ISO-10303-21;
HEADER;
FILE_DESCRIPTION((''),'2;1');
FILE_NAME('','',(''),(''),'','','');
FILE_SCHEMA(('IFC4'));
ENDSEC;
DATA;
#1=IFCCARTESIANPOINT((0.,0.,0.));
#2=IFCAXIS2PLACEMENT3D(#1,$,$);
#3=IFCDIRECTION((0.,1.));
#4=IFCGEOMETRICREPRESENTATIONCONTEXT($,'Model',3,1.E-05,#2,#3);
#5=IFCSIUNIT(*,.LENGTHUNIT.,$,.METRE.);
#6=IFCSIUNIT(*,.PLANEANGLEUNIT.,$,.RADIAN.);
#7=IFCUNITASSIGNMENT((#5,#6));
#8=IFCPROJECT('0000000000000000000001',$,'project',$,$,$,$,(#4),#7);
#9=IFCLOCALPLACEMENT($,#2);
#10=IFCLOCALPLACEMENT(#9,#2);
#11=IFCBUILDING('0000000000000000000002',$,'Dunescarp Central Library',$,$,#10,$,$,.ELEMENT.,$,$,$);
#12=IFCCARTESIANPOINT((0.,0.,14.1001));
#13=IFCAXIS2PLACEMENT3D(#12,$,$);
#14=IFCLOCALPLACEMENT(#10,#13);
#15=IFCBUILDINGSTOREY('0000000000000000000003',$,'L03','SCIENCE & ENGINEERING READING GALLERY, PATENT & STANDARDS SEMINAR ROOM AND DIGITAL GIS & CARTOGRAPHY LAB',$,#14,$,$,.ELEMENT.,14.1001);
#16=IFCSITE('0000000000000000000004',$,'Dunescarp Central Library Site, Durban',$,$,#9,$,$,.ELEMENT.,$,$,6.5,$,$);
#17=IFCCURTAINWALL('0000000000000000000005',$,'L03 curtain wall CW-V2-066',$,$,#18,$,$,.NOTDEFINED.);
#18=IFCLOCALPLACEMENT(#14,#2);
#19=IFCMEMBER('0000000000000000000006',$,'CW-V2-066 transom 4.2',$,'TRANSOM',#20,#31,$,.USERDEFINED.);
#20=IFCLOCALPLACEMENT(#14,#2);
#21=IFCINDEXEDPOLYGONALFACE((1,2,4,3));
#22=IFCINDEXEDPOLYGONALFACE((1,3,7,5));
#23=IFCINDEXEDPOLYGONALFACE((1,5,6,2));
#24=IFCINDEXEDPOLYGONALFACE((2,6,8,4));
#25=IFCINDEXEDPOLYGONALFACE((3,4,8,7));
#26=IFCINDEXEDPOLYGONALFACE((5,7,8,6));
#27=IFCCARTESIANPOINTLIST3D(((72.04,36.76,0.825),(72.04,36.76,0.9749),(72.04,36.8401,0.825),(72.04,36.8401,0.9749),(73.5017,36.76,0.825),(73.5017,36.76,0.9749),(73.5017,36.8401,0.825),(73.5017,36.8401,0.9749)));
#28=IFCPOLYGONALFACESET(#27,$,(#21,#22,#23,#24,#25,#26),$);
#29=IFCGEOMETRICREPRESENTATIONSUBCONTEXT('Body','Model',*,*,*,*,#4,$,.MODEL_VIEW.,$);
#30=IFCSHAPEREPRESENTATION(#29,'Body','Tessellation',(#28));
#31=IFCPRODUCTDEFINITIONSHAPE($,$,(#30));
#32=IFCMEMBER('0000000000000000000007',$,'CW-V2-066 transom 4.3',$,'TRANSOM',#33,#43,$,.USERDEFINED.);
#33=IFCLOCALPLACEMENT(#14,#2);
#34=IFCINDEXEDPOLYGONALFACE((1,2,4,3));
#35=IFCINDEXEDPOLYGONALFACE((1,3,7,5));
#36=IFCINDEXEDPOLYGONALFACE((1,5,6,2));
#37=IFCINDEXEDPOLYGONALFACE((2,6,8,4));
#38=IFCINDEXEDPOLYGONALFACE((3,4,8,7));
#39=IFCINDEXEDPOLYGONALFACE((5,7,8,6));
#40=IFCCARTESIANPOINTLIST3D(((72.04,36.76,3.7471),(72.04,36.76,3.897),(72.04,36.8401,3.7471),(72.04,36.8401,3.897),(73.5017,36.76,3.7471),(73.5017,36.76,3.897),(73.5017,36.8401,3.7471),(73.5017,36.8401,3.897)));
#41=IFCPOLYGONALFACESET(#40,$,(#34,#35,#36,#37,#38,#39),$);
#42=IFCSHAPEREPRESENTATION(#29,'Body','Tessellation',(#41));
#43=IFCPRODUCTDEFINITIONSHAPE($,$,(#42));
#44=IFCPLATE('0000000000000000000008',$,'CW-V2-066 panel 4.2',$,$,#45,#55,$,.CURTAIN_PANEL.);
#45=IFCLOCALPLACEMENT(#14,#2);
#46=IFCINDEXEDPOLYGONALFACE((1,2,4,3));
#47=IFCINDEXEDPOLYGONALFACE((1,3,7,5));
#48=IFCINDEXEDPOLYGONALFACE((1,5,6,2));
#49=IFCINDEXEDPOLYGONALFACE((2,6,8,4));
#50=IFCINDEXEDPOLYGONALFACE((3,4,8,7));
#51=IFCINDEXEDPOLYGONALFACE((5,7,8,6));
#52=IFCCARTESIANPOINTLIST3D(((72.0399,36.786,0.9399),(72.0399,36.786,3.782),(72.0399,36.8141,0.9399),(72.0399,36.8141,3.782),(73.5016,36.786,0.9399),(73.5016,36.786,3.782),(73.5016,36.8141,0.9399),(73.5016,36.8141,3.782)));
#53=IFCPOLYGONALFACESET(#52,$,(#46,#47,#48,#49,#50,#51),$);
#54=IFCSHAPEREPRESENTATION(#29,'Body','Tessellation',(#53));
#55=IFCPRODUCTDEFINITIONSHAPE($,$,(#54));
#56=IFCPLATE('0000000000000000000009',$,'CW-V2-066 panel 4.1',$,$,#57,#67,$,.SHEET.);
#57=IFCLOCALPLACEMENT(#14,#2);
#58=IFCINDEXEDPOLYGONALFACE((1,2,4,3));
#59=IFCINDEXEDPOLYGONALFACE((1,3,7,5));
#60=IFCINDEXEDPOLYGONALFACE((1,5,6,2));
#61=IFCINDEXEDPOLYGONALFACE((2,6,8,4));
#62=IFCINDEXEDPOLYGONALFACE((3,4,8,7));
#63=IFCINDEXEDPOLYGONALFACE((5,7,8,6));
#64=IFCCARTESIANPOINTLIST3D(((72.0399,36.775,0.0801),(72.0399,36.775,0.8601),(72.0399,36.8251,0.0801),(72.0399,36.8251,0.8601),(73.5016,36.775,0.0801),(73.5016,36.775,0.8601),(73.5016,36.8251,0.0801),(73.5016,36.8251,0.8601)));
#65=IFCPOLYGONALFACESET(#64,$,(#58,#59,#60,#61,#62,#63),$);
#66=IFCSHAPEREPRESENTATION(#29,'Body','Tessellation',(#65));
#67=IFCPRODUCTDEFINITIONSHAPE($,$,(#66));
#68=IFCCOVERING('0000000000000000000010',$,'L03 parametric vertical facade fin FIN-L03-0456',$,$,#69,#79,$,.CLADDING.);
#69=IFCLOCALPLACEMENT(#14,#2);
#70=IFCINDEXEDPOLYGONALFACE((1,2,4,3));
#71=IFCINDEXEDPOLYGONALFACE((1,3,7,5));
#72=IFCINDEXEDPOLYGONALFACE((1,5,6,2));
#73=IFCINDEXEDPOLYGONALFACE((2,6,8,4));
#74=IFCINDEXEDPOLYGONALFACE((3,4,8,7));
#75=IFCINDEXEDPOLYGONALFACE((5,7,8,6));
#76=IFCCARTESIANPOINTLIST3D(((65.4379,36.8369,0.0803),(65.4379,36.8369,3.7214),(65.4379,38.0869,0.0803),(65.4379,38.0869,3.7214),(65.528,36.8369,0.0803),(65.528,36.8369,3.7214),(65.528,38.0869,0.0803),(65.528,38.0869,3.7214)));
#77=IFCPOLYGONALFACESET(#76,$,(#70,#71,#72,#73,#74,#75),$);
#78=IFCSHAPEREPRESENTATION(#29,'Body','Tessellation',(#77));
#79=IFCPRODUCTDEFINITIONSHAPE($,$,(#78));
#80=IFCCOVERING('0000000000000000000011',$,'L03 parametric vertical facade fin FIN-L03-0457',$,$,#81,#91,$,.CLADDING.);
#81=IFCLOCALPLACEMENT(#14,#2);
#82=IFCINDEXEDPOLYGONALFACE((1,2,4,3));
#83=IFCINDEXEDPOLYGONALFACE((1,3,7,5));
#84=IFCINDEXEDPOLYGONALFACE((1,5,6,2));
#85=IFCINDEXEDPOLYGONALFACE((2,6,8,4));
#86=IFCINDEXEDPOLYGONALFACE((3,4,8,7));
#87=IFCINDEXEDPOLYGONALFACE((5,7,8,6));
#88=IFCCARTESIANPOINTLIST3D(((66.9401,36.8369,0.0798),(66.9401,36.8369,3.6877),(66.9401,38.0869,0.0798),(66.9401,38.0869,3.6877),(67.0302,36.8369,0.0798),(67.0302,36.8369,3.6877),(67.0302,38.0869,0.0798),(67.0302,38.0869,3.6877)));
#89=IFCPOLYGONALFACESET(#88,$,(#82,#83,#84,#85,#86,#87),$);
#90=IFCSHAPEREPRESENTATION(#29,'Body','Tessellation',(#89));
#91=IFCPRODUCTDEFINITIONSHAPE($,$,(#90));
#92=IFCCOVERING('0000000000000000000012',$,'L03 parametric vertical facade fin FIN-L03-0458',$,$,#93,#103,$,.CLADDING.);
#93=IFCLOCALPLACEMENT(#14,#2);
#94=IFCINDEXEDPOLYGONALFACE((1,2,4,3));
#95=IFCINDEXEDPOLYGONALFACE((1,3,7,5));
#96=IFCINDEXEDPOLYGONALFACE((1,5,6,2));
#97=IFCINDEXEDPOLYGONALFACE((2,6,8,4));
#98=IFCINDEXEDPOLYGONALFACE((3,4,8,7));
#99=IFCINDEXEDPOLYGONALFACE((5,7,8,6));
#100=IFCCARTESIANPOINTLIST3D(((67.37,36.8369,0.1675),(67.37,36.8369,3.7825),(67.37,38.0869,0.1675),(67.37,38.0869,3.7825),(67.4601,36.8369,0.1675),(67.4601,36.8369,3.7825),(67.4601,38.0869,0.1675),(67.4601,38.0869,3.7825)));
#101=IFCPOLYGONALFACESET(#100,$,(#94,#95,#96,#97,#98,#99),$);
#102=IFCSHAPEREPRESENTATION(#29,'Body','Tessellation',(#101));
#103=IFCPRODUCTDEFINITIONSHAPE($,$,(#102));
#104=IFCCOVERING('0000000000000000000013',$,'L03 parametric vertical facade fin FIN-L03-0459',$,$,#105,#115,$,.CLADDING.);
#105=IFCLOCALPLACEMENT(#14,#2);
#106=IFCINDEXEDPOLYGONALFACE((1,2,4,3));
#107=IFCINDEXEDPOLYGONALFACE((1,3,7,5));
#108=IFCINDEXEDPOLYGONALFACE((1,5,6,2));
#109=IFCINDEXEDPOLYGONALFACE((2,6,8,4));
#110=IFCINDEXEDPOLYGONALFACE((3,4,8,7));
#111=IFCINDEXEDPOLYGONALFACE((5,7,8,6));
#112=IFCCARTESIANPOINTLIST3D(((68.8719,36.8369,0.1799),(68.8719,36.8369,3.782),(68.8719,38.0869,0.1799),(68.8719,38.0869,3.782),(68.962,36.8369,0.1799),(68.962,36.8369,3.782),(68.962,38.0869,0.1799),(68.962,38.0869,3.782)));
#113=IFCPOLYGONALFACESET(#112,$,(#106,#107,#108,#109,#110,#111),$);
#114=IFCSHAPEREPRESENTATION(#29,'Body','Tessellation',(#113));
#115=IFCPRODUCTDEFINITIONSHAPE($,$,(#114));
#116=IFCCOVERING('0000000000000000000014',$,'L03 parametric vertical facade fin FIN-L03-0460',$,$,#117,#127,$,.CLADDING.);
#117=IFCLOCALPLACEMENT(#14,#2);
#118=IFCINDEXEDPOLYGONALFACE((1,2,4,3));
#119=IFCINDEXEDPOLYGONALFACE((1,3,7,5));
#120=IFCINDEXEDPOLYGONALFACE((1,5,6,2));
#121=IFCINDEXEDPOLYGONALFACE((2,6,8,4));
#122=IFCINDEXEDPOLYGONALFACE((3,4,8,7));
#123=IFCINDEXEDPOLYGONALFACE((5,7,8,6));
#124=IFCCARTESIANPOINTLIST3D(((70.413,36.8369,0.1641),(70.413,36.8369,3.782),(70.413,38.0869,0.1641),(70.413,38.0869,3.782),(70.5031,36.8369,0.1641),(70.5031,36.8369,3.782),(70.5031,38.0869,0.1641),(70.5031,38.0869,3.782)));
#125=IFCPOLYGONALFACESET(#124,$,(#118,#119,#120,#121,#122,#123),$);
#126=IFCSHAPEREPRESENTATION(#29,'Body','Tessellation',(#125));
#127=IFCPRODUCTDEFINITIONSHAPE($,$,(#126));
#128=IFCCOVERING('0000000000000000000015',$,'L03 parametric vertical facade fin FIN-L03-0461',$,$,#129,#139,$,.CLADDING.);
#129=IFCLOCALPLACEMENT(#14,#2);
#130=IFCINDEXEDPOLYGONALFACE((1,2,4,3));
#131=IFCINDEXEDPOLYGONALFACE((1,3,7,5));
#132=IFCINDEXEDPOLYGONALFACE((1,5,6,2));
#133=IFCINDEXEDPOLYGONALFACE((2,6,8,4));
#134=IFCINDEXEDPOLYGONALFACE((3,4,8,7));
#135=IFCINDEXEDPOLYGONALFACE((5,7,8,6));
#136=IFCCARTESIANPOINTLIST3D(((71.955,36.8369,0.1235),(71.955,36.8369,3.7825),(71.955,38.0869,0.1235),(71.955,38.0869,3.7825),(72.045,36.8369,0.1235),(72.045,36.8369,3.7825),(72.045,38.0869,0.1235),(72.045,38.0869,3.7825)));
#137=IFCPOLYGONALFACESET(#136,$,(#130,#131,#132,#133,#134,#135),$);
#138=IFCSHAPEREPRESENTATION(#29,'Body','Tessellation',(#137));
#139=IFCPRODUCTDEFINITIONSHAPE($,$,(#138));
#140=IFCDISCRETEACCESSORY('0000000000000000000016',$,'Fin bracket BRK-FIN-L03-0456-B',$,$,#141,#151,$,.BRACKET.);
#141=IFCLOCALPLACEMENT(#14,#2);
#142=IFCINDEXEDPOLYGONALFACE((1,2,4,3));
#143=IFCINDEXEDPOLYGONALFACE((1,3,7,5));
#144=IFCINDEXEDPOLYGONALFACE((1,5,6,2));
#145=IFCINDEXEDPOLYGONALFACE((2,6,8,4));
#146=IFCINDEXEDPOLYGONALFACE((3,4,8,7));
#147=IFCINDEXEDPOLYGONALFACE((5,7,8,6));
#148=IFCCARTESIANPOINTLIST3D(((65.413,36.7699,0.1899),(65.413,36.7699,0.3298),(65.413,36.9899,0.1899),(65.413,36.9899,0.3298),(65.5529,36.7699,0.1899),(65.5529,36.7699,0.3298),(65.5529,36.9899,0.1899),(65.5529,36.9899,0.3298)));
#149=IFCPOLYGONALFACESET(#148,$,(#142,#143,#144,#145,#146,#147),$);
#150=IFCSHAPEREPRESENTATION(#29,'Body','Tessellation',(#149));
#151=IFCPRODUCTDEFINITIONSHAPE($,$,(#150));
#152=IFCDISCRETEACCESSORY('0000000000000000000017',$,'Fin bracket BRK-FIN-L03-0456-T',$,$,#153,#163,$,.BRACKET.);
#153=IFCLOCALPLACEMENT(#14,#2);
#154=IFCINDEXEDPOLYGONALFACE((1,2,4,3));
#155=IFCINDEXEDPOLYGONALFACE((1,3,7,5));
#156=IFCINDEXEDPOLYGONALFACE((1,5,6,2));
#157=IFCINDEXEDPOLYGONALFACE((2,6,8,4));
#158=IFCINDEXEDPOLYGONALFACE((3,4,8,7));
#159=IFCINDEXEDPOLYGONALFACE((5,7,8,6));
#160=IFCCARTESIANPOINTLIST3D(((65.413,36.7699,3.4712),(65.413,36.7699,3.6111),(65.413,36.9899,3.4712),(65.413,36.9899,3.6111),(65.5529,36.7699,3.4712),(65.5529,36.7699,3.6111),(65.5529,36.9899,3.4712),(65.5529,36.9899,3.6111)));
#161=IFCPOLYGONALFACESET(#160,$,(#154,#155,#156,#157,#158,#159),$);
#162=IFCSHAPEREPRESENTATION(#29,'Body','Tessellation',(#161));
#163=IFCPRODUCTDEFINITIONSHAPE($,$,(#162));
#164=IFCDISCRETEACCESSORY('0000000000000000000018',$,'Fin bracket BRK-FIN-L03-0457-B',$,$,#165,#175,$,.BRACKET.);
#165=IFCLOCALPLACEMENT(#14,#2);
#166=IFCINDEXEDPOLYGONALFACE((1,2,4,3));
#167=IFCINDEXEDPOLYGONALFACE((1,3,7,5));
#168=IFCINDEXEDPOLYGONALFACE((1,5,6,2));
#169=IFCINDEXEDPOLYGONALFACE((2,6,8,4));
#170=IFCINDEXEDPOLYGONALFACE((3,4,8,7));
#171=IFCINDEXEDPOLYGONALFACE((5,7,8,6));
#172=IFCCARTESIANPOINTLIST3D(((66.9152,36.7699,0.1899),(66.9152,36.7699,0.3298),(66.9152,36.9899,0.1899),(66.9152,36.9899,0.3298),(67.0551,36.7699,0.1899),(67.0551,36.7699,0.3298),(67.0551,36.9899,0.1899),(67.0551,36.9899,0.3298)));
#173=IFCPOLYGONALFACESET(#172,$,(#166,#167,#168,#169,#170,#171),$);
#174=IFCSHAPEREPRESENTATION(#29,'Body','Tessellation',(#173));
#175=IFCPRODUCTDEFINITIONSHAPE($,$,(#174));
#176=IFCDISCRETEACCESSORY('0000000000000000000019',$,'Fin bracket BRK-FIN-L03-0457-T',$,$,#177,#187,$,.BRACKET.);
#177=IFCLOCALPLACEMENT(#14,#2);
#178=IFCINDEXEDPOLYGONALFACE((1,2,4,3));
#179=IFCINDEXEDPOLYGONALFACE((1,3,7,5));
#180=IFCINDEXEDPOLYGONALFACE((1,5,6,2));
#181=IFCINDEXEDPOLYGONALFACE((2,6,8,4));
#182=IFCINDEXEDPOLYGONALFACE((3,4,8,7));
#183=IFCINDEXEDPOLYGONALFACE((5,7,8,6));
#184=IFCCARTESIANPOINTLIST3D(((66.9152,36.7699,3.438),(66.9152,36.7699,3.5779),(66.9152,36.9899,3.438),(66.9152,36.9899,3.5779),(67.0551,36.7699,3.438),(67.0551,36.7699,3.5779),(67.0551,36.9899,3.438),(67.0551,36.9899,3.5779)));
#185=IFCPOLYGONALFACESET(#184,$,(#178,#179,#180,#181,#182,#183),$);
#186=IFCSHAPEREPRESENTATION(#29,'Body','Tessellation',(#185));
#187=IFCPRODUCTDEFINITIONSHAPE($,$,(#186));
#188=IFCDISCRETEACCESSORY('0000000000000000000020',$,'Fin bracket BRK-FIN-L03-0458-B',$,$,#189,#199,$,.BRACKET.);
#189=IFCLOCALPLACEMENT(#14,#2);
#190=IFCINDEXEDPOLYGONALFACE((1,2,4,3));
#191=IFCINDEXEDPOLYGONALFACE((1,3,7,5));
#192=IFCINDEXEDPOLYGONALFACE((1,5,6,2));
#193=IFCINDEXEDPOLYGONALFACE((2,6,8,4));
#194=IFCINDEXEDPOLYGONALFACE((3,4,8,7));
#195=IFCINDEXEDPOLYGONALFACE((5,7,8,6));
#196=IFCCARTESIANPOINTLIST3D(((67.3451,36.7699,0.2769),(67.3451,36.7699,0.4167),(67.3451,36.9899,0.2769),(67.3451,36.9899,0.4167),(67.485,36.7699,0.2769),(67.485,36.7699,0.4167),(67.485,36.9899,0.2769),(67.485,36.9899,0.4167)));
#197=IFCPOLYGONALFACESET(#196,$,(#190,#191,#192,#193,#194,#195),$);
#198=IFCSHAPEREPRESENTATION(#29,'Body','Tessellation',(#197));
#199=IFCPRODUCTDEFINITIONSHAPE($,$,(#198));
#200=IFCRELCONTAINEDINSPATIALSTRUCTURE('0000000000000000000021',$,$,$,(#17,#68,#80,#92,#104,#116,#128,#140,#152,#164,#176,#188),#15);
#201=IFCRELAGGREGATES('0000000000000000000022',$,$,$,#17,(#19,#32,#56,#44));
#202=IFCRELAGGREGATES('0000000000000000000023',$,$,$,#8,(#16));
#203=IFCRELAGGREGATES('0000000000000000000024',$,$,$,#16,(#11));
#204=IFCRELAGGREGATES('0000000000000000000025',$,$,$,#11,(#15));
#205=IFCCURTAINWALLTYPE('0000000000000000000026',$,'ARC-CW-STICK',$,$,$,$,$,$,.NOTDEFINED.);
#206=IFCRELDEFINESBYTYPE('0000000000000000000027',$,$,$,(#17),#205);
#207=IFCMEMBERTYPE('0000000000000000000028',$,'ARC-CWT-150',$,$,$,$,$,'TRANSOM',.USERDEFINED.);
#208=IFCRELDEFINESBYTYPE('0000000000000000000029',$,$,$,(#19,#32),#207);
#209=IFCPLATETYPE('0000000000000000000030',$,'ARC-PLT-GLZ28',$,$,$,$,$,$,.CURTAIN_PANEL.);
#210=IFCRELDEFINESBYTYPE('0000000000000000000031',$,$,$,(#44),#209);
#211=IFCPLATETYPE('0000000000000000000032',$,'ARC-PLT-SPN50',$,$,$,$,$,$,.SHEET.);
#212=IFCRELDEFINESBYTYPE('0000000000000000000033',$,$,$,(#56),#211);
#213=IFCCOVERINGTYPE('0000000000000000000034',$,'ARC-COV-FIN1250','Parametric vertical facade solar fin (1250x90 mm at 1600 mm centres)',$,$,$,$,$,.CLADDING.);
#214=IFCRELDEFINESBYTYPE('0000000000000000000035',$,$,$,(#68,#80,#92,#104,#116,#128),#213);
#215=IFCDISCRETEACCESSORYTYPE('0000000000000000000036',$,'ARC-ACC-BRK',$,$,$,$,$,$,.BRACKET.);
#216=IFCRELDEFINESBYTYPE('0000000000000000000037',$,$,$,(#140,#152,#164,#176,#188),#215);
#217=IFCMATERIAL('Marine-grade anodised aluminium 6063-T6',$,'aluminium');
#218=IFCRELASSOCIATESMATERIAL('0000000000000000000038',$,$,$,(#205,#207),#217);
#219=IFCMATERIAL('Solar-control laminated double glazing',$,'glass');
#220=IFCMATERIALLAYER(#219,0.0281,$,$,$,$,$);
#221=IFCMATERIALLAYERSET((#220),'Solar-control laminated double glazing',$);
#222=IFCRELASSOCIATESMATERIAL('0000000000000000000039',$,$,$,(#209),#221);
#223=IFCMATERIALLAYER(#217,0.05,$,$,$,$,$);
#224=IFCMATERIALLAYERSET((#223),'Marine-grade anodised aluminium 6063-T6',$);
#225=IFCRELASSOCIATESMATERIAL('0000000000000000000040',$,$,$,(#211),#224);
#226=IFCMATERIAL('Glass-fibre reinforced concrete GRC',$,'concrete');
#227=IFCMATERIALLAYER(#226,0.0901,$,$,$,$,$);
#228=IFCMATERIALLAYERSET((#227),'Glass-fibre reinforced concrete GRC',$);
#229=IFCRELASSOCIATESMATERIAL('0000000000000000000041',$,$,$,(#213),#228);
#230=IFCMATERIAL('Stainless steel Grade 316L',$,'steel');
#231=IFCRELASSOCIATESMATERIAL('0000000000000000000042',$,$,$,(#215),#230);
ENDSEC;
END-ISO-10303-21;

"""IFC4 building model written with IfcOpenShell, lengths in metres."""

from ifc_helpers import new_model, si_unit, direction, frame, origin, origin_2d, place, context, subcontext, project, spatial, rectangle, extrude, material, layer, layer_set, material_profile, profile_set, type_object, element, aggregate, save


model = new_model("IFC4")

# Units and contexts
model_context = context("Model", 3, precision=1e-05, world=origin(), true_north=direction((0.0, 1.0)))
body_context = subcontext(model_context, "Body", "Model", "MODEL_VIEW")
ifc_project = project(units=[si_unit("LENGTHUNIT", "METRE"), si_unit("PLANEANGLEUNIT", "RADIAN")], contexts=[model_context])

# Site, building, storey
site_placement = place(None, origin())
site = spatial("IfcSite", under=ifc_project, at=site_placement, Name="Dunescarp Central Library Site, Durban", CompositionType="ELEMENT", RefElevation=6.5)
building_placement = place(site_placement, origin())
building = spatial("IfcBuilding", under=site, at=building_placement, Name="Dunescarp Central Library", CompositionType="ELEMENT")
storey_placement = place(building_placement, frame((0.0, 0.0, 14.1001)))
storey = spatial("IfcBuildingStorey", under=building, at=storey_placement, Name="L03", Description="SCIENCE & ENGINEERING READING GALLERY, PATENT & STANDARDS SEMINAR ROOM AND DIGITAL GIS & CARTOGRAPHY LAB", CompositionType="ELEMENT", Elevation=14.1001)

# Curtain wall, members, plates
ifc_material_1 = material(Name="Marine-grade anodised aluminium 6063-T6", Category="aluminium")
curtain_wall_type = type_object("IfcCurtainWallType", Name="ARC-CW-STICK", PredefinedType="NOTDEFINED", material=ifc_material_1)
curtain_wall_placement = place(storey_placement, origin())
curtain_wall = element("IfcCurtainWall", 1, at=curtain_wall_placement, inside=storey, type_object=curtain_wall_type, Name="L03 curtain wall CW-V2-066", PredefinedType="NOTDEFINED")
ifc_material_profile = material_profile(ifc_material_1, rectangle(XDim=0.0801, YDim=0.1499, at=origin_2d()), Name="AL 80x150")
ifc_profile_set = profile_set([ifc_material_profile], Name="Marine-grade anodised aluminium 6063-T6")
member_type = type_object("IfcMemberType", Name="ARC-CWT-150", ElementType="TRANSOM", PredefinedType="USERDEFINED", material=ifc_profile_set)
member_1_placement = place(storey_placement, frame((72.04, 36.8, 0.8999), z_axis=(1.0, 0.0, 0.0), x_axis=(0.0, 1.0, 0.0)))
member_1 = element("IfcMember", 2, at=member_1_placement, type_object=member_type, Name="CW-V2-066 transom 4.2", ObjectType="TRANSOM", PredefinedType="USERDEFINED", context=body_context, shape_type="SweptSolid", body=[
    extrude(rectangle(XDim=0.0801, YDim=0.1499, at=origin_2d()), origin(), (0.0, 0.0, 1.0), 1.4617),
])
member_2_placement = place(storey_placement, frame((72.04, 36.8, 3.822), z_axis=(1.0, 0.0, 0.0), x_axis=(0.0, 1.0, 0.0)))
member_2 = element("IfcMember", 3, at=member_2_placement, type_object=member_type, Name="CW-V2-066 transom 4.3", ObjectType="TRANSOM", PredefinedType="USERDEFINED", context=body_context, shape_type="SweptSolid", body=[
    extrude(rectangle(XDim=0.0801, YDim=0.1499, at=origin_2d()), origin(), (0.0, 0.0, 1.0), 1.4617),
])
ifc_material_2 = material(Name="Solar-control laminated double glazing", Category="glass")
ifc_layer_1 = layer(ifc_material_2, 0.0281)
ifc_layer_set_1 = layer_set([ifc_layer_1], Name="Solar-control laminated double glazing")
plate_type_1 = type_object("IfcPlateType", Name="ARC-PLT-GLZ28", PredefinedType="CURTAIN_PANEL", material=ifc_layer_set_1)
plate_1_placement = place(storey_placement, frame((72.7708, 36.8, 0.9399), z_axis=(0.0, 0.0, 1.0), x_axis=(1.0, 0.0, 0.0)))
plate_1 = element("IfcPlate", 4, at=plate_1_placement, type_object=plate_type_1, Name="CW-V2-066 panel 4.2", PredefinedType="CURTAIN_PANEL", context=body_context, shape_type="SweptSolid", body=[
    extrude(rectangle(XDim=1.4617, YDim=0.0281, at=origin_2d()), origin(), (0.0, 0.0, 1.0), 2.842),
])
ifc_layer_2 = layer(ifc_material_1, 0.05)
ifc_layer_set_2 = layer_set([ifc_layer_2], Name="Marine-grade anodised aluminium 6063-T6")
plate_type_2 = type_object("IfcPlateType", Name="ARC-PLT-SPN50", PredefinedType="SHEET", material=ifc_layer_set_2)
plate_2_placement = place(storey_placement, frame((72.7708, 36.8, 0.0801), z_axis=(0.0, 0.0, 1.0), x_axis=(1.0, 0.0, 0.0)))
plate_2 = element("IfcPlate", 5, at=plate_2_placement, type_object=plate_type_2, Name="CW-V2-066 panel 4.1", PredefinedType="SHEET", context=body_context, shape_type="SweptSolid", body=[
    extrude(rectangle(XDim=1.4617, YDim=0.05, at=origin_2d()), origin(), (0.0, 0.0, 1.0), 0.78),
])
aggregate(curtain_wall, [member_1, member_2, plate_2, plate_1])

# Coverings
ifc_material_3 = material(Name="Glass-fibre reinforced concrete GRC", Category="concrete")
ifc_layer_3 = layer(ifc_material_3, 0.0901)
ifc_layer_set_3 = layer_set([ifc_layer_3], Name="Glass-fibre reinforced concrete GRC")
covering_type = type_object("IfcCoveringType", Name="ARC-COV-FIN1250", Description="Parametric vertical facade solar fin (1250x90 mm at 1600 mm centres)", PredefinedType="CLADDING", material=ifc_layer_set_3)
covering_1_placement = place(storey_placement, frame((65.4829, 37.4619, 0.0803), z_axis=(0.0, 0.0, 1.0), x_axis=(0.0, 1.0, 0.0)))
element("IfcCovering", 6, at=covering_1_placement, inside=storey, type_object=covering_type, Name="L03 parametric vertical facade fin FIN-L03-0456", PredefinedType="CLADDING", context=body_context, shape_type="SweptSolid", body=[
    extrude(rectangle(XDim=1.25, YDim=0.0901, at=origin_2d()), origin(), (0.0, 0.0, 1.0), 3.6411),
])
covering_2_placement = place(storey_placement, frame((66.9851, 37.4619, 0.0798), z_axis=(0.0, 0.0, 1.0), x_axis=(0.0, 1.0, 0.0)))
element("IfcCovering", 7, at=covering_2_placement, inside=storey, type_object=covering_type, Name="L03 parametric vertical facade fin FIN-L03-0457", PredefinedType="CLADDING", context=body_context, shape_type="SweptSolid", body=[
    extrude(rectangle(XDim=1.25, YDim=0.0901, at=origin_2d()), origin(), (0.0, 0.0, 1.0), 3.6079),
])
covering_3_placement = place(storey_placement, frame((67.415, 37.4619, 0.1675), z_axis=(0.0, 0.0, 1.0), x_axis=(0.0, 1.0, 0.0)))
element("IfcCovering", 8, at=covering_3_placement, inside=storey, type_object=covering_type, Name="L03 parametric vertical facade fin FIN-L03-0458", PredefinedType="CLADDING", context=body_context, shape_type="SweptSolid", body=[
    extrude(rectangle(XDim=1.25, YDim=0.0901, at=origin_2d()), origin(), (0.0, 0.0, 1.0), 3.615),
])
covering_4_placement = place(storey_placement, frame((68.917, 37.4619, 0.1799), z_axis=(0.0, 0.0, 1.0), x_axis=(0.0, 1.0, 0.0)))
element("IfcCovering", 9, at=covering_4_placement, inside=storey, type_object=covering_type, Name="L03 parametric vertical facade fin FIN-L03-0459", PredefinedType="CLADDING", context=body_context, shape_type="SweptSolid", body=[
    extrude(rectangle(XDim=1.25, YDim=0.0901, at=origin_2d()), origin(), (0.0, 0.0, 1.0), 3.6021),
])
covering_5_placement = place(storey_placement, frame((70.458, 37.4619, 0.1641), z_axis=(0.0, 0.0, 1.0), x_axis=(0.0, 1.0, 0.0)))
element("IfcCovering", 10, at=covering_5_placement, inside=storey, type_object=covering_type, Name="L03 parametric vertical facade fin FIN-L03-0460", PredefinedType="CLADDING", context=body_context, shape_type="SweptSolid", body=[
    extrude(rectangle(XDim=1.25, YDim=0.0901, at=origin_2d()), origin(), (0.0, 0.0, 1.0), 3.6179),
])
covering_6_placement = place(storey_placement, frame((72.0, 37.4619, 0.1235), z_axis=(0.0, 0.0, 1.0), x_axis=(0.0, 1.0, 0.0)))
element("IfcCovering", 11, at=covering_6_placement, inside=storey, type_object=covering_type, Name="L03 parametric vertical facade fin FIN-L03-0461", PredefinedType="CLADDING", context=body_context, shape_type="SweptSolid", body=[
    extrude(rectangle(XDim=1.25, YDim=0.0901, at=origin_2d()), origin(), (0.0, 0.0, 1.0), 3.6589),
])

# Discrete accessories
ifc_material_4 = material(Name="Stainless steel Grade 316L", Category="steel")
discrete_accessory_type = type_object("IfcDiscreteAccessoryType", Name="ARC-ACC-BRK", PredefinedType="BRACKET", material=ifc_material_4)
for number, where, z_axis, x_axis, name in (
    (12, (65.4829, 36.8799, 0.1899), (0.0, 0.0, 1.0), (0.0, 1.0, 0.0), "Fin bracket BRK-FIN-L03-0456-B"),
    (13, (65.4829, 36.8799, 3.4712), (0.0, 0.0, 1.0), (0.0, 1.0, 0.0), "Fin bracket BRK-FIN-L03-0456-T"),
    (14, (66.9851, 36.8799, 0.1899), (0.0, 0.0, 1.0), (0.0, 1.0, 0.0), "Fin bracket BRK-FIN-L03-0457-B"),
    (15, (66.9851, 36.8799, 3.438), (0.0, 0.0, 1.0), (0.0, 1.0, 0.0), "Fin bracket BRK-FIN-L03-0457-T"),
    (16, (67.415, 36.8799, 0.2769), (0.0, 0.0, 1.0), (0.0, 1.0, 0.0), "Fin bracket BRK-FIN-L03-0458-B"),
):
    element("IfcDiscreteAccessory", number, at=place(storey_placement, frame(where, z_axis=z_axis, x_axis=x_axis)), inside=storey, type_object=discrete_accessory_type, Name=name, PredefinedType="BRACKET", context=body_context, shape_type="SweptSolid", body=[
        extrude(rectangle(XDim=0.22, YDim=0.1399, at=origin_2d()), origin(), (0.0, 0.0, 1.0), 0.1399),
    ])

save(model, "model.ifc")
